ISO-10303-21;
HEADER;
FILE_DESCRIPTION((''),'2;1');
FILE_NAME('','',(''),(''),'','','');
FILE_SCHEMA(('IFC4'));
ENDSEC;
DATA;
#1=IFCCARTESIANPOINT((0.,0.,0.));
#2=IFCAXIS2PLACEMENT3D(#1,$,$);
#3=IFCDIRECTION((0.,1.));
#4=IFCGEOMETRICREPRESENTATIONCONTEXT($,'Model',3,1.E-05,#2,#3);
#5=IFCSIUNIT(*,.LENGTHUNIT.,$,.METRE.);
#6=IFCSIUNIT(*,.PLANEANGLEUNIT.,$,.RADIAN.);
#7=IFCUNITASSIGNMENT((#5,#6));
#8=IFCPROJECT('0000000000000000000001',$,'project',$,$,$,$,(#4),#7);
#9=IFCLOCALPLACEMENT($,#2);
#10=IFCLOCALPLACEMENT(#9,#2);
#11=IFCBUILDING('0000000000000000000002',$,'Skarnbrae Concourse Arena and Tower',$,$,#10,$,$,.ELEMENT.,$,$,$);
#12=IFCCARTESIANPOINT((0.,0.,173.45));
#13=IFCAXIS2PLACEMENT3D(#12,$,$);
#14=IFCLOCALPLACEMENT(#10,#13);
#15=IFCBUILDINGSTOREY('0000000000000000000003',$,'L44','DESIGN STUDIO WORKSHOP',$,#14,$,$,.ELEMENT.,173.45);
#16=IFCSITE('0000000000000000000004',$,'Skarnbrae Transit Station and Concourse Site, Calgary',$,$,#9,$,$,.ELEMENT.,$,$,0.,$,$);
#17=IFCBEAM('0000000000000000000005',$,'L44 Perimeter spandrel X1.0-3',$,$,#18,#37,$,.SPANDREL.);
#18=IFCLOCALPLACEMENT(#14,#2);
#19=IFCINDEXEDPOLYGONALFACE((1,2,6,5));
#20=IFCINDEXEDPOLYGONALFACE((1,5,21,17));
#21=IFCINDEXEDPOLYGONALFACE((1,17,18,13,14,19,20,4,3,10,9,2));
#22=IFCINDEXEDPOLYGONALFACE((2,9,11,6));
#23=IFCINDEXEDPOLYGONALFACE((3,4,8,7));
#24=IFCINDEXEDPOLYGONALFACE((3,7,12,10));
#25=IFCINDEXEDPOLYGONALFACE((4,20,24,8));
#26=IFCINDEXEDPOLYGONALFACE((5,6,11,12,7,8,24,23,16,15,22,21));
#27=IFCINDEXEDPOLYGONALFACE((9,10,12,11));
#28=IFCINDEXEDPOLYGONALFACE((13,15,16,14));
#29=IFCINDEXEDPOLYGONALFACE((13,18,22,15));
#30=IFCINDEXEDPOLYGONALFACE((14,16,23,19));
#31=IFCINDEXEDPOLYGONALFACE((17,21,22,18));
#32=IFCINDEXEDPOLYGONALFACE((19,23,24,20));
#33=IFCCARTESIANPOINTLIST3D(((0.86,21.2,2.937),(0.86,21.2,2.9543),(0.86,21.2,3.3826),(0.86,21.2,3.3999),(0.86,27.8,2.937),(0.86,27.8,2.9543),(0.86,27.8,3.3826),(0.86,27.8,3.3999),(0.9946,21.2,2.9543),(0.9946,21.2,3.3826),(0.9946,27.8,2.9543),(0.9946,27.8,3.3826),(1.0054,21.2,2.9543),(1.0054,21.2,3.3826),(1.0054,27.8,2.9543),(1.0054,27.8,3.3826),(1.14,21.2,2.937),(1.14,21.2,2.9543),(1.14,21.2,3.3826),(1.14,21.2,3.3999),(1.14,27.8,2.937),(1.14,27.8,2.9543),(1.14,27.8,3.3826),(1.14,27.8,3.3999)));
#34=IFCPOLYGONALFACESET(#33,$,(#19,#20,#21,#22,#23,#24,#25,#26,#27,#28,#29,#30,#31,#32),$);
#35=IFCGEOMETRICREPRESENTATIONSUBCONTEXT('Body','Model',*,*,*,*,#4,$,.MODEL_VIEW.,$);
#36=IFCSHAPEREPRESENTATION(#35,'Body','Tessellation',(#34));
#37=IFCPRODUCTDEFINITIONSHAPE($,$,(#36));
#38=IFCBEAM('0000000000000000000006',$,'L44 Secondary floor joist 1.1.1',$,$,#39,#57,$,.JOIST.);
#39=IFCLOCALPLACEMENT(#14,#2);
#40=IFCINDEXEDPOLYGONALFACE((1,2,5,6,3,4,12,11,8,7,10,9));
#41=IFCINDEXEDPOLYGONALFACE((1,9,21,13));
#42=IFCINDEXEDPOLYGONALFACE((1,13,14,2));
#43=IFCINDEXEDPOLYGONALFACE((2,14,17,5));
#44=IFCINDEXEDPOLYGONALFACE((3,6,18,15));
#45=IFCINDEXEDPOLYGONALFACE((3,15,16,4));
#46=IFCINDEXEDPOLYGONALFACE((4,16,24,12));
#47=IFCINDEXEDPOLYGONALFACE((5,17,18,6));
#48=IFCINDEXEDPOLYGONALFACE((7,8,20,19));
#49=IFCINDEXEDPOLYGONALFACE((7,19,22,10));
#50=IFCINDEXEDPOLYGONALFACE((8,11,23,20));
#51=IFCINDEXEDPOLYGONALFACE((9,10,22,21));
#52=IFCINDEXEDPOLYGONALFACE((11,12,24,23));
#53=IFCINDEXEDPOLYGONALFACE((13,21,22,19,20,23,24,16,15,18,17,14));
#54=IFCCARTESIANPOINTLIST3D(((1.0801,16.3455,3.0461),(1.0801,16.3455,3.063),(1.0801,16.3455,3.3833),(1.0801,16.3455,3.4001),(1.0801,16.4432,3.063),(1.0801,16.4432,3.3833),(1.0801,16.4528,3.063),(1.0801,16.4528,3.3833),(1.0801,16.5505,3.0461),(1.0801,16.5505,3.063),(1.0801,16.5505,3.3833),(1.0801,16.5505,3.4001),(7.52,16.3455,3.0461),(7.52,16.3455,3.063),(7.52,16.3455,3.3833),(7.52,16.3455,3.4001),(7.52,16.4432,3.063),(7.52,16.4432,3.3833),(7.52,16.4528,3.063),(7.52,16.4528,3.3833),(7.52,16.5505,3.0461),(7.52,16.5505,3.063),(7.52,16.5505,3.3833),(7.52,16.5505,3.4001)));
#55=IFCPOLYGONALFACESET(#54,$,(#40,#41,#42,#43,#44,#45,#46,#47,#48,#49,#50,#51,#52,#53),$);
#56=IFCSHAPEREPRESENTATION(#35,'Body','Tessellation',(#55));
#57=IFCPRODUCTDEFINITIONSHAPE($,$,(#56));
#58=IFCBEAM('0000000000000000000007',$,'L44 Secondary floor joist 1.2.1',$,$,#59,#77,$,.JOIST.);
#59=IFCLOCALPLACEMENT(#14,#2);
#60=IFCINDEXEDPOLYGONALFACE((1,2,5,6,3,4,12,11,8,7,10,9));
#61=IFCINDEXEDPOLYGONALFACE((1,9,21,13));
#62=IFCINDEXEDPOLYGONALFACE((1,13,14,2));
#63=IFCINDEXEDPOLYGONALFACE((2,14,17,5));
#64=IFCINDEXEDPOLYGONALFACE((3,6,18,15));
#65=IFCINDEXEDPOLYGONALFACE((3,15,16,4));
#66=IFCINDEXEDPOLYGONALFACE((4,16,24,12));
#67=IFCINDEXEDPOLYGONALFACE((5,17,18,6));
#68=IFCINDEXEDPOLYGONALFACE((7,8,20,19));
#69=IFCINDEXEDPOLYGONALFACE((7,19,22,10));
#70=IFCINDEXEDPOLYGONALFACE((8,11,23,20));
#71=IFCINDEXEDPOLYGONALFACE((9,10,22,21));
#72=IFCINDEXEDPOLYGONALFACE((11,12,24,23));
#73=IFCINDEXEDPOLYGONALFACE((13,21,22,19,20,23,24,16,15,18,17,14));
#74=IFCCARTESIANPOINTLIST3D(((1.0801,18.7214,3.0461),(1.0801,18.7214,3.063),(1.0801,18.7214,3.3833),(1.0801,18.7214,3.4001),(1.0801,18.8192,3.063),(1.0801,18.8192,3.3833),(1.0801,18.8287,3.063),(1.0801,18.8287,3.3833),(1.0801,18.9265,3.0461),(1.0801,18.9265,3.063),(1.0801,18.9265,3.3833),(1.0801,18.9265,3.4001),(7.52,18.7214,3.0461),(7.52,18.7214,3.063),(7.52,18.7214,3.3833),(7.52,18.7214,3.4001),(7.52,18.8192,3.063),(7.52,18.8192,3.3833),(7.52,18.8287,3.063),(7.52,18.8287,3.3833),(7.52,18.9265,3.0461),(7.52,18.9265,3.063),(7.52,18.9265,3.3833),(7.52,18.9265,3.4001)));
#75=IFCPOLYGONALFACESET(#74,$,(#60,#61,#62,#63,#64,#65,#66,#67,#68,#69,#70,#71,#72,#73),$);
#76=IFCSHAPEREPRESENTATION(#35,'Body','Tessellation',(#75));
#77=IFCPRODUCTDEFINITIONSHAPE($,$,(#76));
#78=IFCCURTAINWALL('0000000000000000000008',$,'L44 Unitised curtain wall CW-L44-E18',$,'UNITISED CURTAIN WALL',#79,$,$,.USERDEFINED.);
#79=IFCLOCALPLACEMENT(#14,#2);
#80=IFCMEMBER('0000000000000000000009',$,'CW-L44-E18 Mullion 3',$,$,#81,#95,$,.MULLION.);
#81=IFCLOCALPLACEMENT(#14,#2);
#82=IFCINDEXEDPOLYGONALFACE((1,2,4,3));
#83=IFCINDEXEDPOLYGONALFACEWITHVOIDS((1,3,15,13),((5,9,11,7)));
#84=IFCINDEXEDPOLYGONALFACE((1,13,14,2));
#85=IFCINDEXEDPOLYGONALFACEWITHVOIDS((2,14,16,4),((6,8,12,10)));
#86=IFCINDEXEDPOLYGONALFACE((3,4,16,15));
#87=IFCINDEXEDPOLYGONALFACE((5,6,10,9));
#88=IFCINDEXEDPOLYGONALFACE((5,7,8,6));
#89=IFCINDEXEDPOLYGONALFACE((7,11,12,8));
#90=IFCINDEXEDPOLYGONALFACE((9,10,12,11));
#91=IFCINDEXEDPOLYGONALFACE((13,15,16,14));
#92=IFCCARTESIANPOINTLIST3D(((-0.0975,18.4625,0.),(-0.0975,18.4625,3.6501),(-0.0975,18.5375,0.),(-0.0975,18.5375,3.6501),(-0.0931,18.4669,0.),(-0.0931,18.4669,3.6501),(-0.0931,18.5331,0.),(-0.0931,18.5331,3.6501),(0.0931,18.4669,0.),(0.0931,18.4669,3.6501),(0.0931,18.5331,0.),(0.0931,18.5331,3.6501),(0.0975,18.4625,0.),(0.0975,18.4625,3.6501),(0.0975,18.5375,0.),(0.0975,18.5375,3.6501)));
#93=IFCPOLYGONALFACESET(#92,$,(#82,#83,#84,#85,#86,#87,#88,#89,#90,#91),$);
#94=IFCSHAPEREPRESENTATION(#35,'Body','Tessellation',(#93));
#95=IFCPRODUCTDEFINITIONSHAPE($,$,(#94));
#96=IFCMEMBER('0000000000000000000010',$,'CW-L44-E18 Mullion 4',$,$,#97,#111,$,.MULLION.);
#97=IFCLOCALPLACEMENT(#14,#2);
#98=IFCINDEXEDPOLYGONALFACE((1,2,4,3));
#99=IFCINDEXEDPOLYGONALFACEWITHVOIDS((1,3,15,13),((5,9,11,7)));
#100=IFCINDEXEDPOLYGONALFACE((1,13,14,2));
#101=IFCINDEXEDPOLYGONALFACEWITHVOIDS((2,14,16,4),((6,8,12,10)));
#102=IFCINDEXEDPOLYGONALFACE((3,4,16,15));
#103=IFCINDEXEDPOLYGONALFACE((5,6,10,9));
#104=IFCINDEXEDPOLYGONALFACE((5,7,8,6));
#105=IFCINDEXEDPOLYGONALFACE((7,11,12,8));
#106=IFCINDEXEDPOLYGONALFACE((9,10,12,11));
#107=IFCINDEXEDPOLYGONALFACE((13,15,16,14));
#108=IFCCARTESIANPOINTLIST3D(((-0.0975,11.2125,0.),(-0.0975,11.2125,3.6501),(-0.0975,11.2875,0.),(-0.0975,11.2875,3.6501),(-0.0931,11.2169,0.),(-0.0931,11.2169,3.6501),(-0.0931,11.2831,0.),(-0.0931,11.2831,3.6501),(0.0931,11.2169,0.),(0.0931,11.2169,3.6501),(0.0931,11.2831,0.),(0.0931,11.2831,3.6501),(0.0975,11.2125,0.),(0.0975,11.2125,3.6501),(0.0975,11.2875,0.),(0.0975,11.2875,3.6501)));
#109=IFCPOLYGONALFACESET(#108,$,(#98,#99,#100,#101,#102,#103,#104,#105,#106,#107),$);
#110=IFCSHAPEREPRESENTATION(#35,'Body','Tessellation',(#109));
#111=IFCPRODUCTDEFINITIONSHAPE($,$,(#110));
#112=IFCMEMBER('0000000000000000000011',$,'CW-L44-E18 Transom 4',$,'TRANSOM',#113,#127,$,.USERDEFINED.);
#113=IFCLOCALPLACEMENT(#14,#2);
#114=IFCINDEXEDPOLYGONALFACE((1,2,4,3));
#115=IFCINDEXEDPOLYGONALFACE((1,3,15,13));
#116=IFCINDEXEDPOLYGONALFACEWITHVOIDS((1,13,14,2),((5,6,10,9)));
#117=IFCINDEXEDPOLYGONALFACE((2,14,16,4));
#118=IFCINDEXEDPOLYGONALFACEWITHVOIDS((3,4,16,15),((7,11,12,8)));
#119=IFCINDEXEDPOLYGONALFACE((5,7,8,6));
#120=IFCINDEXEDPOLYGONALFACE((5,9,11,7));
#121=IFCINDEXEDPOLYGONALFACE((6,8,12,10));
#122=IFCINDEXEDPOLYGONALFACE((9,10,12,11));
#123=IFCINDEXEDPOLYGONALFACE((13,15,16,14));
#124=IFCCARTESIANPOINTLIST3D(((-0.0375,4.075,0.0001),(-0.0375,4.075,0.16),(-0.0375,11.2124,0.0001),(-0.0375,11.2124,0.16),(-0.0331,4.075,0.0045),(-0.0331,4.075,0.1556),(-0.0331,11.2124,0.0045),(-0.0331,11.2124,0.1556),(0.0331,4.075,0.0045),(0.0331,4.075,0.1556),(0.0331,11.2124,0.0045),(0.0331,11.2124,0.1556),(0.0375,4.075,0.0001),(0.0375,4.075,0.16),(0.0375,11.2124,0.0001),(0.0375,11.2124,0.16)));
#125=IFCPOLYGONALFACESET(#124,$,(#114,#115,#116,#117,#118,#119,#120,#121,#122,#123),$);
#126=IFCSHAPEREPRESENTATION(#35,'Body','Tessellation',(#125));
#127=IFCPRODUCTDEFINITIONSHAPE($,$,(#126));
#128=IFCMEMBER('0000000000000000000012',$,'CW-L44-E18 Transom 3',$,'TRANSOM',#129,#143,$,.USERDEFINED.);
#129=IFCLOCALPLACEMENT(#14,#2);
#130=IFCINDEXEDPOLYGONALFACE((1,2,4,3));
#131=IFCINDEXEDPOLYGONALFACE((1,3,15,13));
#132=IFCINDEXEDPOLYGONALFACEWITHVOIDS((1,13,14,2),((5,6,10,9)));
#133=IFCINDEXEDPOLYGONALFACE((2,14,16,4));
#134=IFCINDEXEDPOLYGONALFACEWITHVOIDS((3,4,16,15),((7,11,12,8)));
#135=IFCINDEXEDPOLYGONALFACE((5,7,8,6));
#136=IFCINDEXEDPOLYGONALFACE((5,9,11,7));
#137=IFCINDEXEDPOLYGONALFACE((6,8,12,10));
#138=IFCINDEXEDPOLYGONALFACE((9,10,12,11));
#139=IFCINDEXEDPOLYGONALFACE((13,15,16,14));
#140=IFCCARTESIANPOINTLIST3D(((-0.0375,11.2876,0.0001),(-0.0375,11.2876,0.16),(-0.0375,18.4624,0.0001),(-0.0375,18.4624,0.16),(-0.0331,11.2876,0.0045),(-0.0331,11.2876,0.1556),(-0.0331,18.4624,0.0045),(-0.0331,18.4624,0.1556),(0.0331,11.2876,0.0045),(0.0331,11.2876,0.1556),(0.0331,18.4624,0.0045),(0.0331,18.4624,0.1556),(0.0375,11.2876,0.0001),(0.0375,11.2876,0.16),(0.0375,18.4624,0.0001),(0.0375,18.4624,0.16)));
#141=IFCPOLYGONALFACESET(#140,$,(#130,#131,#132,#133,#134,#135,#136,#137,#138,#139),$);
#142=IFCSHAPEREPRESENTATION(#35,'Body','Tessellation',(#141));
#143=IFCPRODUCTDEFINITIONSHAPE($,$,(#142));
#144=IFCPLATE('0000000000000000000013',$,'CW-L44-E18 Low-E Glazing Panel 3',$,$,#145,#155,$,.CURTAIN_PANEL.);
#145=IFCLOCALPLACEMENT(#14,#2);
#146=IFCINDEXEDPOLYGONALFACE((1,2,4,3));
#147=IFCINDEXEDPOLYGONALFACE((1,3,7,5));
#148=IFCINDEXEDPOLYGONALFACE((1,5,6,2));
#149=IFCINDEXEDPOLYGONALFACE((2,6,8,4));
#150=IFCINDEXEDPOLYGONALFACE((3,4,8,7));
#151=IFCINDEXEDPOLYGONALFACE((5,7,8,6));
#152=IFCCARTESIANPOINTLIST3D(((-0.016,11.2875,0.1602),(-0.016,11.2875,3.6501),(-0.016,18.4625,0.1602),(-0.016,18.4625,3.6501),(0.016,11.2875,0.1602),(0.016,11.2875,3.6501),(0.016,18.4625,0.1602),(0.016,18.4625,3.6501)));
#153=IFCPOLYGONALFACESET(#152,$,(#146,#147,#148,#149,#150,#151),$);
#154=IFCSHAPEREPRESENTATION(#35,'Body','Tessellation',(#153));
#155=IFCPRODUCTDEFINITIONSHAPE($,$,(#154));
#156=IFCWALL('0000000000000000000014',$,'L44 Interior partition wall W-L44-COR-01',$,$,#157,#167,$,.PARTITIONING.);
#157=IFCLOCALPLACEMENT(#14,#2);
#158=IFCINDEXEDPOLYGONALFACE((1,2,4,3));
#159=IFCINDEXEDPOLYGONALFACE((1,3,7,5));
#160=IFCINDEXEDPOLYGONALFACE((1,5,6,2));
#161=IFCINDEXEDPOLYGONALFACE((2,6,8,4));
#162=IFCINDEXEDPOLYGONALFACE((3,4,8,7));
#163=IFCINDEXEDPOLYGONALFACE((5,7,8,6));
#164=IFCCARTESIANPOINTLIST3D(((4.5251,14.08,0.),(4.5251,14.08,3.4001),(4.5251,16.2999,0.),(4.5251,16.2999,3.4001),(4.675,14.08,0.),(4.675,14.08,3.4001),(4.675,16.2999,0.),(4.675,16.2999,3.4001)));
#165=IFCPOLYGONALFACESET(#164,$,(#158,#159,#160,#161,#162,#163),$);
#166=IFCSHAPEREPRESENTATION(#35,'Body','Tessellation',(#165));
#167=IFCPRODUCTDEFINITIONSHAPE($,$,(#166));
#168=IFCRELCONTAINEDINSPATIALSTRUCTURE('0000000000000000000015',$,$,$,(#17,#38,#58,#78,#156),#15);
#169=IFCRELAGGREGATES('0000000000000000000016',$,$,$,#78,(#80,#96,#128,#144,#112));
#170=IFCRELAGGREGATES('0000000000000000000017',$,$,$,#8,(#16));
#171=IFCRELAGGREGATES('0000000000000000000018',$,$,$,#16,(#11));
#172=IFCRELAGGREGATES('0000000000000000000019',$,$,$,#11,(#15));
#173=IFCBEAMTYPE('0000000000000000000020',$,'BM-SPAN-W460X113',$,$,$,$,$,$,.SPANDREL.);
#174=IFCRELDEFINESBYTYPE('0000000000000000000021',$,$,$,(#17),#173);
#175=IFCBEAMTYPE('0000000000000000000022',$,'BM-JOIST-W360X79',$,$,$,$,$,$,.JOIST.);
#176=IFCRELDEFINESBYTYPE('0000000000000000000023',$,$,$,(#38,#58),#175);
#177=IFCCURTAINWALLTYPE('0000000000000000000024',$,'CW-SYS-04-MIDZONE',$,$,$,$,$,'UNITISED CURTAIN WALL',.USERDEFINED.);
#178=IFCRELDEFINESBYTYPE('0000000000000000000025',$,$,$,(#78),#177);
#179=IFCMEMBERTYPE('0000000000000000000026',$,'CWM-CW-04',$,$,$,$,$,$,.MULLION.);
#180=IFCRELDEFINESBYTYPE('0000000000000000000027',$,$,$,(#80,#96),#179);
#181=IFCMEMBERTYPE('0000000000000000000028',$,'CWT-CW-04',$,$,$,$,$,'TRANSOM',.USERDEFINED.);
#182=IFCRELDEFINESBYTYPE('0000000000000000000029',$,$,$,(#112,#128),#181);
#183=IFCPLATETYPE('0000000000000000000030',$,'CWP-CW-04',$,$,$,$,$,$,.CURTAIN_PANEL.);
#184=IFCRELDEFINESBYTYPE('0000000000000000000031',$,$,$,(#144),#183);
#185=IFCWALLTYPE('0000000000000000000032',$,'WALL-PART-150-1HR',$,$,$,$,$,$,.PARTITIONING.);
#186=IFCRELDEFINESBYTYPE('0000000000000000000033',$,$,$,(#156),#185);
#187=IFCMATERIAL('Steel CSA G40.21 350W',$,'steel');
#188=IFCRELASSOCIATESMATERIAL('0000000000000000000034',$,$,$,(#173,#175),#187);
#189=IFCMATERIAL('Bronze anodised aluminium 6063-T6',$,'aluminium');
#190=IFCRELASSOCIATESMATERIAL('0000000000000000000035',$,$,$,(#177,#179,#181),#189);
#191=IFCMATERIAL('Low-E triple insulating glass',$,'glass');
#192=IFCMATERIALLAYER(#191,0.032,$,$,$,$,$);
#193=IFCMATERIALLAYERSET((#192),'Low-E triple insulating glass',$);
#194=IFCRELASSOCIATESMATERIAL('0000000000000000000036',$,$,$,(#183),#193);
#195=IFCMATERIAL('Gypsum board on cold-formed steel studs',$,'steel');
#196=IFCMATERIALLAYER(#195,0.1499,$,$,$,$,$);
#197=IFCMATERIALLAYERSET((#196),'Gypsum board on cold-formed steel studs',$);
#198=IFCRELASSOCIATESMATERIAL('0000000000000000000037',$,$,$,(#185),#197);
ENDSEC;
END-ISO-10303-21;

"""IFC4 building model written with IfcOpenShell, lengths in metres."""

from ifc_helpers import new_model, si_unit, direction, frame, frame_2d, origin, origin_2d, place, context, subcontext, project, spatial, rectangle, hollow_rectangle, i_section, extrude, source, transform, mapped, material, layer, layer_set, material_profile, profile_set, type_object, element, aggregate, save


model = new_model("IFC4")

# Units and contexts
model_context = context("Model", 3, precision=1e-05, world=origin(), true_north=direction((0.0, 1.0)))
body_context = subcontext(model_context, "Body", "Model", "MODEL_VIEW")
ifc_project = project(units=[si_unit("LENGTHUNIT", "METRE"), si_unit("PLANEANGLEUNIT", "RADIAN")], contexts=[model_context])

# Site, building, storey
site_placement = place(None, origin())
site = spatial("IfcSite", under=ifc_project, at=site_placement, Name="Skarnbrae Transit Station and Concourse Site, Calgary", CompositionType="ELEMENT", RefElevation=0.0)
building_placement = place(site_placement, origin())
building = spatial("IfcBuilding", under=site, at=building_placement, Name="Skarnbrae Concourse Arena and Tower", CompositionType="ELEMENT")
storey_placement = place(building_placement, frame((0.0, 0.0, 173.45)))
storey = spatial("IfcBuildingStorey", under=building, at=storey_placement, Name="L44", Description="DESIGN STUDIO WORKSHOP", CompositionType="ELEMENT", Elevation=173.45)

# Shared definitions
ifc_material_1 = material(Name="Steel CSA G40.21 350W", Category="steel")

# Beams
ifc_material_profile_1 = material_profile(ifc_material_1, i_section(OverallWidth=0.28, OverallDepth=0.4629, WebThickness=0.0107, FlangeThickness=0.0173, at=origin_2d()), Name="W460X113")
ifc_profile_set_1 = profile_set([ifc_material_profile_1], Name="Steel CSA G40.21 350W")
beam_type_1 = type_object("IfcBeamType", Name="BM-SPAN-W460X113", PredefinedType="SPANDREL", material=ifc_profile_set_1)
shared_shape_1 = source(origin(), body_context, "Body", "SweptSolid", [
    extrude(i_section(OverallWidth=0.28, OverallDepth=0.4629, WebThickness=0.0107, FlangeThickness=0.0173, at=origin_2d()), origin(), (0.0, 0.0, 1.0), 6.6001),
])
beam_1_placement = place(storey_placement, frame((1.0, 21.2, 3.1685), z_axis=(0.0, 1.0, 0.0), x_axis=(-1.0, 0.0, 0.0)))
element("IfcBeam", 1, at=beam_1_placement, inside=storey, type_object=beam_type_1, Name="L44 Perimeter spandrel X1.0-3", PredefinedType="SPANDREL", context=body_context, shape_type="MappedRepresentation", body=[
    mapped(shared_shape_1, transform((0.0, 0.0, 0.0))),
])
ifc_material_profile_2 = material_profile(ifc_material_1, i_section(OverallWidth=0.2051, OverallDepth=0.354, WebThickness=0.0095, FlangeThickness=0.0168, at=origin_2d()), Name="W360X79")
ifc_profile_set_2 = profile_set([ifc_material_profile_2], Name="Steel CSA G40.21 350W")
beam_type_2 = type_object("IfcBeamType", Name="BM-JOIST-W360X79", PredefinedType="JOIST", material=ifc_profile_set_2)
shared_shape_2 = source(origin(), body_context, "Body", "SweptSolid", [
    extrude(i_section(OverallWidth=0.2051, OverallDepth=0.354, WebThickness=0.0095, FlangeThickness=0.0168, at=origin_2d()), origin(), (0.0, 0.0, 1.0), 6.4399),
])
for number, where, z_axis, x_axis, name in (
    (2, (1.0801, 16.448, 3.2231), (1.0, 0.0, 0.0), (0.0, 1.0, 0.0), "L44 Secondary floor joist 1.1.1"),
    (3, (1.0801, 18.824, 3.2231), (1.0, 0.0, 0.0), (0.0, 1.0, 0.0), "L44 Secondary floor joist 1.2.1"),
):
    element("IfcBeam", number, at=place(storey_placement, frame(where, z_axis=z_axis, x_axis=x_axis)), inside=storey, type_object=beam_type_2, Name=name, PredefinedType="JOIST", context=body_context, shape_type="MappedRepresentation", body=[
        mapped(shared_shape_2, transform((0.0, 0.0, 0.0))),
    ])

# Curtain wall, members, plate
ifc_material_2 = material(Name="Bronze anodised aluminium 6063-T6", Category="aluminium")
curtain_wall_type = type_object("IfcCurtainWallType", Name="CW-SYS-04-MIDZONE", ElementType="UNITISED CURTAIN WALL", PredefinedType="USERDEFINED", material=ifc_material_2)
curtain_wall_placement = place(storey_placement, origin())
curtain_wall = element("IfcCurtainWall", 4, at=curtain_wall_placement, inside=storey, type_object=curtain_wall_type, Name="L44 Unitised curtain wall CW-L44-E18", ObjectType="UNITISED CURTAIN WALL", PredefinedType="USERDEFINED")
ifc_material_profile_3 = material_profile(ifc_material_2, hollow_rectangle(XDim=0.075, YDim=0.1951, WallThickness=0.0044, at=origin_2d()), Name="ALU-MULL-75X195")
ifc_profile_set_3 = profile_set([ifc_material_profile_3], Name="Bronze anodised aluminium 6063-T6")
member_type_1 = type_object("IfcMemberType", Name="CWM-CW-04", PredefinedType="MULLION", material=ifc_profile_set_3)
shared_shape_3 = source(origin(), body_context, "Body", "SweptSolid", [
    extrude(hollow_rectangle(XDim=0.075, YDim=0.1951, WallThickness=0.0044, at=origin_2d()), origin(), (0.0, 0.0, 1.0), 3.6501),
])
member_1_placement = place(storey_placement, frame((0.0, 18.5, 0.0), z_axis=(0.0, 0.0, 1.0), x_axis=(0.0, -1.0, 0.0)))
member_1 = element("IfcMember", 5, at=member_1_placement, type_object=member_type_1, Name="CW-L44-E18 Mullion 3", PredefinedType="MULLION", context=body_context, shape_type="MappedRepresentation", body=[
    mapped(shared_shape_3, transform((0.0, 0.0, 0.0))),
])
member_2_placement = place(storey_placement, frame((0.0, 11.25, 0.0), z_axis=(0.0, 0.0, 1.0), x_axis=(0.0, -1.0, 0.0)))
member_2 = element("IfcMember", 6, at=member_2_placement, type_object=member_type_1, Name="CW-L44-E18 Mullion 4", PredefinedType="MULLION", context=body_context, shape_type="MappedRepresentation", body=[
    mapped(shared_shape_3, transform((0.0, 0.0, 0.0))),
])
ifc_material_profile_4 = material_profile(ifc_material_2, hollow_rectangle(XDim=0.075, YDim=0.1599, WallThickness=0.0044, at=origin_2d()), Name="ALU-TRAN-75X160")
ifc_profile_set_4 = profile_set([ifc_material_profile_4], Name="Bronze anodised aluminium 6063-T6")
member_type_2 = type_object("IfcMemberType", Name="CWT-CW-04", ElementType="TRANSOM", PredefinedType="USERDEFINED", material=ifc_profile_set_4)
shared_shape_4 = source(origin(), body_context, "Body", "SweptSolid", [
    extrude(hollow_rectangle(XDim=0.075, YDim=0.1599, WallThickness=0.0044, at=origin_2d()), origin(), (0.0, 0.0, 1.0), 7.1375),
])
member_3_placement = place(storey_placement, frame((0.0, 11.2124, 0.0801), z_axis=(0.0, -1.0, 0.0), x_axis=(1.0, 0.0, 0.0)))
member_3 = element("IfcMember", 7, at=member_3_placement, type_object=member_type_2, Name="CW-L44-E18 Transom 4", ObjectType="TRANSOM", PredefinedType="USERDEFINED", context=body_context, shape_type="MappedRepresentation", body=[
    mapped(shared_shape_4, transform((0.0, 0.0, 0.0))),
])
shared_shape_5 = source(origin(), body_context, "Body", "SweptSolid", [
    extrude(hollow_rectangle(XDim=0.075, YDim=0.1599, WallThickness=0.0044, at=origin_2d()), origin(), (0.0, 0.0, 1.0), 7.1748),
])
member_4_placement = place(storey_placement, frame((0.0, 18.4624, 0.0801), z_axis=(0.0, -1.0, 0.0), x_axis=(1.0, 0.0, 0.0)))
member_4 = element("IfcMember", 8, at=member_4_placement, type_object=member_type_2, Name="CW-L44-E18 Transom 3", ObjectType="TRANSOM", PredefinedType="USERDEFINED", context=body_context, shape_type="MappedRepresentation", body=[
    mapped(shared_shape_5, transform((0.0, 0.0, 0.0))),
])
ifc_material_3 = material(Name="Low-E triple insulating glass", Category="glass")
ifc_layer_1 = layer(ifc_material_3, 0.032)
ifc_layer_set_1 = layer_set([ifc_layer_1], Name="Low-E triple insulating glass")
plate_type = type_object("IfcPlateType", Name="CWP-CW-04", PredefinedType="CURTAIN_PANEL", material=ifc_layer_set_1)
shared_shape_6 = source(origin(), body_context, "Body", "SweptSolid", [
    extrude(rectangle(XDim=7.175, YDim=0.032, at=origin_2d()), origin(), (0.0, 0.0, 1.0), 3.49),
])
plate_placement = place(storey_placement, frame((0.0, 14.875, 0.1602), z_axis=(0.0, 0.0, 1.0), x_axis=(0.0, -1.0, 0.0)))
plate = element("IfcPlate", 9, at=plate_placement, type_object=plate_type, Name="CW-L44-E18 Low-E Glazing Panel 3", PredefinedType="CURTAIN_PANEL", context=body_context, shape_type="MappedRepresentation", body=[
    mapped(shared_shape_6, transform((0.0, 0.0, 0.0))),
])
aggregate(curtain_wall, [member_1, member_2, member_4, plate, member_3])

# Wall
ifc_material_4 = material(Name="Gypsum board on cold-formed steel studs", Category="steel")
ifc_layer_2 = layer(ifc_material_4, 0.1499)
ifc_layer_set_2 = layer_set([ifc_layer_2], Name="Gypsum board on cold-formed steel studs")
wall_type_1 = type_object("IfcWallType", Name="WALL-PART-150-1HR", PredefinedType="PARTITIONING", material=ifc_layer_set_2)
shared_shape_7 = source(origin(), body_context, "Body", "SweptSolid", [
    extrude(rectangle(XDim=2.22, YDim=0.1499, at=frame_2d((1.1099, 0.0))), origin(), (0.0, 0.0, 1.0), 3.4001),
])
wall_1_placement = place(storey_placement, frame((4.6001, 14.0801, 0.0), z_axis=(0.0, 0.0, 1.0), x_axis=(0.0, 1.0, 0.0)))
element("IfcWall", 10, at=wall_1_placement, inside=storey, type_object=wall_type_1, Name="L44 Interior partition wall W-L44-COR-01", PredefinedType="PARTITIONING", context=body_context, shape_type="MappedRepresentation", body=[
    mapped(shared_shape_7, transform((0.0, 0.0, 0.0))),
])

save(model, "model.ifc")
